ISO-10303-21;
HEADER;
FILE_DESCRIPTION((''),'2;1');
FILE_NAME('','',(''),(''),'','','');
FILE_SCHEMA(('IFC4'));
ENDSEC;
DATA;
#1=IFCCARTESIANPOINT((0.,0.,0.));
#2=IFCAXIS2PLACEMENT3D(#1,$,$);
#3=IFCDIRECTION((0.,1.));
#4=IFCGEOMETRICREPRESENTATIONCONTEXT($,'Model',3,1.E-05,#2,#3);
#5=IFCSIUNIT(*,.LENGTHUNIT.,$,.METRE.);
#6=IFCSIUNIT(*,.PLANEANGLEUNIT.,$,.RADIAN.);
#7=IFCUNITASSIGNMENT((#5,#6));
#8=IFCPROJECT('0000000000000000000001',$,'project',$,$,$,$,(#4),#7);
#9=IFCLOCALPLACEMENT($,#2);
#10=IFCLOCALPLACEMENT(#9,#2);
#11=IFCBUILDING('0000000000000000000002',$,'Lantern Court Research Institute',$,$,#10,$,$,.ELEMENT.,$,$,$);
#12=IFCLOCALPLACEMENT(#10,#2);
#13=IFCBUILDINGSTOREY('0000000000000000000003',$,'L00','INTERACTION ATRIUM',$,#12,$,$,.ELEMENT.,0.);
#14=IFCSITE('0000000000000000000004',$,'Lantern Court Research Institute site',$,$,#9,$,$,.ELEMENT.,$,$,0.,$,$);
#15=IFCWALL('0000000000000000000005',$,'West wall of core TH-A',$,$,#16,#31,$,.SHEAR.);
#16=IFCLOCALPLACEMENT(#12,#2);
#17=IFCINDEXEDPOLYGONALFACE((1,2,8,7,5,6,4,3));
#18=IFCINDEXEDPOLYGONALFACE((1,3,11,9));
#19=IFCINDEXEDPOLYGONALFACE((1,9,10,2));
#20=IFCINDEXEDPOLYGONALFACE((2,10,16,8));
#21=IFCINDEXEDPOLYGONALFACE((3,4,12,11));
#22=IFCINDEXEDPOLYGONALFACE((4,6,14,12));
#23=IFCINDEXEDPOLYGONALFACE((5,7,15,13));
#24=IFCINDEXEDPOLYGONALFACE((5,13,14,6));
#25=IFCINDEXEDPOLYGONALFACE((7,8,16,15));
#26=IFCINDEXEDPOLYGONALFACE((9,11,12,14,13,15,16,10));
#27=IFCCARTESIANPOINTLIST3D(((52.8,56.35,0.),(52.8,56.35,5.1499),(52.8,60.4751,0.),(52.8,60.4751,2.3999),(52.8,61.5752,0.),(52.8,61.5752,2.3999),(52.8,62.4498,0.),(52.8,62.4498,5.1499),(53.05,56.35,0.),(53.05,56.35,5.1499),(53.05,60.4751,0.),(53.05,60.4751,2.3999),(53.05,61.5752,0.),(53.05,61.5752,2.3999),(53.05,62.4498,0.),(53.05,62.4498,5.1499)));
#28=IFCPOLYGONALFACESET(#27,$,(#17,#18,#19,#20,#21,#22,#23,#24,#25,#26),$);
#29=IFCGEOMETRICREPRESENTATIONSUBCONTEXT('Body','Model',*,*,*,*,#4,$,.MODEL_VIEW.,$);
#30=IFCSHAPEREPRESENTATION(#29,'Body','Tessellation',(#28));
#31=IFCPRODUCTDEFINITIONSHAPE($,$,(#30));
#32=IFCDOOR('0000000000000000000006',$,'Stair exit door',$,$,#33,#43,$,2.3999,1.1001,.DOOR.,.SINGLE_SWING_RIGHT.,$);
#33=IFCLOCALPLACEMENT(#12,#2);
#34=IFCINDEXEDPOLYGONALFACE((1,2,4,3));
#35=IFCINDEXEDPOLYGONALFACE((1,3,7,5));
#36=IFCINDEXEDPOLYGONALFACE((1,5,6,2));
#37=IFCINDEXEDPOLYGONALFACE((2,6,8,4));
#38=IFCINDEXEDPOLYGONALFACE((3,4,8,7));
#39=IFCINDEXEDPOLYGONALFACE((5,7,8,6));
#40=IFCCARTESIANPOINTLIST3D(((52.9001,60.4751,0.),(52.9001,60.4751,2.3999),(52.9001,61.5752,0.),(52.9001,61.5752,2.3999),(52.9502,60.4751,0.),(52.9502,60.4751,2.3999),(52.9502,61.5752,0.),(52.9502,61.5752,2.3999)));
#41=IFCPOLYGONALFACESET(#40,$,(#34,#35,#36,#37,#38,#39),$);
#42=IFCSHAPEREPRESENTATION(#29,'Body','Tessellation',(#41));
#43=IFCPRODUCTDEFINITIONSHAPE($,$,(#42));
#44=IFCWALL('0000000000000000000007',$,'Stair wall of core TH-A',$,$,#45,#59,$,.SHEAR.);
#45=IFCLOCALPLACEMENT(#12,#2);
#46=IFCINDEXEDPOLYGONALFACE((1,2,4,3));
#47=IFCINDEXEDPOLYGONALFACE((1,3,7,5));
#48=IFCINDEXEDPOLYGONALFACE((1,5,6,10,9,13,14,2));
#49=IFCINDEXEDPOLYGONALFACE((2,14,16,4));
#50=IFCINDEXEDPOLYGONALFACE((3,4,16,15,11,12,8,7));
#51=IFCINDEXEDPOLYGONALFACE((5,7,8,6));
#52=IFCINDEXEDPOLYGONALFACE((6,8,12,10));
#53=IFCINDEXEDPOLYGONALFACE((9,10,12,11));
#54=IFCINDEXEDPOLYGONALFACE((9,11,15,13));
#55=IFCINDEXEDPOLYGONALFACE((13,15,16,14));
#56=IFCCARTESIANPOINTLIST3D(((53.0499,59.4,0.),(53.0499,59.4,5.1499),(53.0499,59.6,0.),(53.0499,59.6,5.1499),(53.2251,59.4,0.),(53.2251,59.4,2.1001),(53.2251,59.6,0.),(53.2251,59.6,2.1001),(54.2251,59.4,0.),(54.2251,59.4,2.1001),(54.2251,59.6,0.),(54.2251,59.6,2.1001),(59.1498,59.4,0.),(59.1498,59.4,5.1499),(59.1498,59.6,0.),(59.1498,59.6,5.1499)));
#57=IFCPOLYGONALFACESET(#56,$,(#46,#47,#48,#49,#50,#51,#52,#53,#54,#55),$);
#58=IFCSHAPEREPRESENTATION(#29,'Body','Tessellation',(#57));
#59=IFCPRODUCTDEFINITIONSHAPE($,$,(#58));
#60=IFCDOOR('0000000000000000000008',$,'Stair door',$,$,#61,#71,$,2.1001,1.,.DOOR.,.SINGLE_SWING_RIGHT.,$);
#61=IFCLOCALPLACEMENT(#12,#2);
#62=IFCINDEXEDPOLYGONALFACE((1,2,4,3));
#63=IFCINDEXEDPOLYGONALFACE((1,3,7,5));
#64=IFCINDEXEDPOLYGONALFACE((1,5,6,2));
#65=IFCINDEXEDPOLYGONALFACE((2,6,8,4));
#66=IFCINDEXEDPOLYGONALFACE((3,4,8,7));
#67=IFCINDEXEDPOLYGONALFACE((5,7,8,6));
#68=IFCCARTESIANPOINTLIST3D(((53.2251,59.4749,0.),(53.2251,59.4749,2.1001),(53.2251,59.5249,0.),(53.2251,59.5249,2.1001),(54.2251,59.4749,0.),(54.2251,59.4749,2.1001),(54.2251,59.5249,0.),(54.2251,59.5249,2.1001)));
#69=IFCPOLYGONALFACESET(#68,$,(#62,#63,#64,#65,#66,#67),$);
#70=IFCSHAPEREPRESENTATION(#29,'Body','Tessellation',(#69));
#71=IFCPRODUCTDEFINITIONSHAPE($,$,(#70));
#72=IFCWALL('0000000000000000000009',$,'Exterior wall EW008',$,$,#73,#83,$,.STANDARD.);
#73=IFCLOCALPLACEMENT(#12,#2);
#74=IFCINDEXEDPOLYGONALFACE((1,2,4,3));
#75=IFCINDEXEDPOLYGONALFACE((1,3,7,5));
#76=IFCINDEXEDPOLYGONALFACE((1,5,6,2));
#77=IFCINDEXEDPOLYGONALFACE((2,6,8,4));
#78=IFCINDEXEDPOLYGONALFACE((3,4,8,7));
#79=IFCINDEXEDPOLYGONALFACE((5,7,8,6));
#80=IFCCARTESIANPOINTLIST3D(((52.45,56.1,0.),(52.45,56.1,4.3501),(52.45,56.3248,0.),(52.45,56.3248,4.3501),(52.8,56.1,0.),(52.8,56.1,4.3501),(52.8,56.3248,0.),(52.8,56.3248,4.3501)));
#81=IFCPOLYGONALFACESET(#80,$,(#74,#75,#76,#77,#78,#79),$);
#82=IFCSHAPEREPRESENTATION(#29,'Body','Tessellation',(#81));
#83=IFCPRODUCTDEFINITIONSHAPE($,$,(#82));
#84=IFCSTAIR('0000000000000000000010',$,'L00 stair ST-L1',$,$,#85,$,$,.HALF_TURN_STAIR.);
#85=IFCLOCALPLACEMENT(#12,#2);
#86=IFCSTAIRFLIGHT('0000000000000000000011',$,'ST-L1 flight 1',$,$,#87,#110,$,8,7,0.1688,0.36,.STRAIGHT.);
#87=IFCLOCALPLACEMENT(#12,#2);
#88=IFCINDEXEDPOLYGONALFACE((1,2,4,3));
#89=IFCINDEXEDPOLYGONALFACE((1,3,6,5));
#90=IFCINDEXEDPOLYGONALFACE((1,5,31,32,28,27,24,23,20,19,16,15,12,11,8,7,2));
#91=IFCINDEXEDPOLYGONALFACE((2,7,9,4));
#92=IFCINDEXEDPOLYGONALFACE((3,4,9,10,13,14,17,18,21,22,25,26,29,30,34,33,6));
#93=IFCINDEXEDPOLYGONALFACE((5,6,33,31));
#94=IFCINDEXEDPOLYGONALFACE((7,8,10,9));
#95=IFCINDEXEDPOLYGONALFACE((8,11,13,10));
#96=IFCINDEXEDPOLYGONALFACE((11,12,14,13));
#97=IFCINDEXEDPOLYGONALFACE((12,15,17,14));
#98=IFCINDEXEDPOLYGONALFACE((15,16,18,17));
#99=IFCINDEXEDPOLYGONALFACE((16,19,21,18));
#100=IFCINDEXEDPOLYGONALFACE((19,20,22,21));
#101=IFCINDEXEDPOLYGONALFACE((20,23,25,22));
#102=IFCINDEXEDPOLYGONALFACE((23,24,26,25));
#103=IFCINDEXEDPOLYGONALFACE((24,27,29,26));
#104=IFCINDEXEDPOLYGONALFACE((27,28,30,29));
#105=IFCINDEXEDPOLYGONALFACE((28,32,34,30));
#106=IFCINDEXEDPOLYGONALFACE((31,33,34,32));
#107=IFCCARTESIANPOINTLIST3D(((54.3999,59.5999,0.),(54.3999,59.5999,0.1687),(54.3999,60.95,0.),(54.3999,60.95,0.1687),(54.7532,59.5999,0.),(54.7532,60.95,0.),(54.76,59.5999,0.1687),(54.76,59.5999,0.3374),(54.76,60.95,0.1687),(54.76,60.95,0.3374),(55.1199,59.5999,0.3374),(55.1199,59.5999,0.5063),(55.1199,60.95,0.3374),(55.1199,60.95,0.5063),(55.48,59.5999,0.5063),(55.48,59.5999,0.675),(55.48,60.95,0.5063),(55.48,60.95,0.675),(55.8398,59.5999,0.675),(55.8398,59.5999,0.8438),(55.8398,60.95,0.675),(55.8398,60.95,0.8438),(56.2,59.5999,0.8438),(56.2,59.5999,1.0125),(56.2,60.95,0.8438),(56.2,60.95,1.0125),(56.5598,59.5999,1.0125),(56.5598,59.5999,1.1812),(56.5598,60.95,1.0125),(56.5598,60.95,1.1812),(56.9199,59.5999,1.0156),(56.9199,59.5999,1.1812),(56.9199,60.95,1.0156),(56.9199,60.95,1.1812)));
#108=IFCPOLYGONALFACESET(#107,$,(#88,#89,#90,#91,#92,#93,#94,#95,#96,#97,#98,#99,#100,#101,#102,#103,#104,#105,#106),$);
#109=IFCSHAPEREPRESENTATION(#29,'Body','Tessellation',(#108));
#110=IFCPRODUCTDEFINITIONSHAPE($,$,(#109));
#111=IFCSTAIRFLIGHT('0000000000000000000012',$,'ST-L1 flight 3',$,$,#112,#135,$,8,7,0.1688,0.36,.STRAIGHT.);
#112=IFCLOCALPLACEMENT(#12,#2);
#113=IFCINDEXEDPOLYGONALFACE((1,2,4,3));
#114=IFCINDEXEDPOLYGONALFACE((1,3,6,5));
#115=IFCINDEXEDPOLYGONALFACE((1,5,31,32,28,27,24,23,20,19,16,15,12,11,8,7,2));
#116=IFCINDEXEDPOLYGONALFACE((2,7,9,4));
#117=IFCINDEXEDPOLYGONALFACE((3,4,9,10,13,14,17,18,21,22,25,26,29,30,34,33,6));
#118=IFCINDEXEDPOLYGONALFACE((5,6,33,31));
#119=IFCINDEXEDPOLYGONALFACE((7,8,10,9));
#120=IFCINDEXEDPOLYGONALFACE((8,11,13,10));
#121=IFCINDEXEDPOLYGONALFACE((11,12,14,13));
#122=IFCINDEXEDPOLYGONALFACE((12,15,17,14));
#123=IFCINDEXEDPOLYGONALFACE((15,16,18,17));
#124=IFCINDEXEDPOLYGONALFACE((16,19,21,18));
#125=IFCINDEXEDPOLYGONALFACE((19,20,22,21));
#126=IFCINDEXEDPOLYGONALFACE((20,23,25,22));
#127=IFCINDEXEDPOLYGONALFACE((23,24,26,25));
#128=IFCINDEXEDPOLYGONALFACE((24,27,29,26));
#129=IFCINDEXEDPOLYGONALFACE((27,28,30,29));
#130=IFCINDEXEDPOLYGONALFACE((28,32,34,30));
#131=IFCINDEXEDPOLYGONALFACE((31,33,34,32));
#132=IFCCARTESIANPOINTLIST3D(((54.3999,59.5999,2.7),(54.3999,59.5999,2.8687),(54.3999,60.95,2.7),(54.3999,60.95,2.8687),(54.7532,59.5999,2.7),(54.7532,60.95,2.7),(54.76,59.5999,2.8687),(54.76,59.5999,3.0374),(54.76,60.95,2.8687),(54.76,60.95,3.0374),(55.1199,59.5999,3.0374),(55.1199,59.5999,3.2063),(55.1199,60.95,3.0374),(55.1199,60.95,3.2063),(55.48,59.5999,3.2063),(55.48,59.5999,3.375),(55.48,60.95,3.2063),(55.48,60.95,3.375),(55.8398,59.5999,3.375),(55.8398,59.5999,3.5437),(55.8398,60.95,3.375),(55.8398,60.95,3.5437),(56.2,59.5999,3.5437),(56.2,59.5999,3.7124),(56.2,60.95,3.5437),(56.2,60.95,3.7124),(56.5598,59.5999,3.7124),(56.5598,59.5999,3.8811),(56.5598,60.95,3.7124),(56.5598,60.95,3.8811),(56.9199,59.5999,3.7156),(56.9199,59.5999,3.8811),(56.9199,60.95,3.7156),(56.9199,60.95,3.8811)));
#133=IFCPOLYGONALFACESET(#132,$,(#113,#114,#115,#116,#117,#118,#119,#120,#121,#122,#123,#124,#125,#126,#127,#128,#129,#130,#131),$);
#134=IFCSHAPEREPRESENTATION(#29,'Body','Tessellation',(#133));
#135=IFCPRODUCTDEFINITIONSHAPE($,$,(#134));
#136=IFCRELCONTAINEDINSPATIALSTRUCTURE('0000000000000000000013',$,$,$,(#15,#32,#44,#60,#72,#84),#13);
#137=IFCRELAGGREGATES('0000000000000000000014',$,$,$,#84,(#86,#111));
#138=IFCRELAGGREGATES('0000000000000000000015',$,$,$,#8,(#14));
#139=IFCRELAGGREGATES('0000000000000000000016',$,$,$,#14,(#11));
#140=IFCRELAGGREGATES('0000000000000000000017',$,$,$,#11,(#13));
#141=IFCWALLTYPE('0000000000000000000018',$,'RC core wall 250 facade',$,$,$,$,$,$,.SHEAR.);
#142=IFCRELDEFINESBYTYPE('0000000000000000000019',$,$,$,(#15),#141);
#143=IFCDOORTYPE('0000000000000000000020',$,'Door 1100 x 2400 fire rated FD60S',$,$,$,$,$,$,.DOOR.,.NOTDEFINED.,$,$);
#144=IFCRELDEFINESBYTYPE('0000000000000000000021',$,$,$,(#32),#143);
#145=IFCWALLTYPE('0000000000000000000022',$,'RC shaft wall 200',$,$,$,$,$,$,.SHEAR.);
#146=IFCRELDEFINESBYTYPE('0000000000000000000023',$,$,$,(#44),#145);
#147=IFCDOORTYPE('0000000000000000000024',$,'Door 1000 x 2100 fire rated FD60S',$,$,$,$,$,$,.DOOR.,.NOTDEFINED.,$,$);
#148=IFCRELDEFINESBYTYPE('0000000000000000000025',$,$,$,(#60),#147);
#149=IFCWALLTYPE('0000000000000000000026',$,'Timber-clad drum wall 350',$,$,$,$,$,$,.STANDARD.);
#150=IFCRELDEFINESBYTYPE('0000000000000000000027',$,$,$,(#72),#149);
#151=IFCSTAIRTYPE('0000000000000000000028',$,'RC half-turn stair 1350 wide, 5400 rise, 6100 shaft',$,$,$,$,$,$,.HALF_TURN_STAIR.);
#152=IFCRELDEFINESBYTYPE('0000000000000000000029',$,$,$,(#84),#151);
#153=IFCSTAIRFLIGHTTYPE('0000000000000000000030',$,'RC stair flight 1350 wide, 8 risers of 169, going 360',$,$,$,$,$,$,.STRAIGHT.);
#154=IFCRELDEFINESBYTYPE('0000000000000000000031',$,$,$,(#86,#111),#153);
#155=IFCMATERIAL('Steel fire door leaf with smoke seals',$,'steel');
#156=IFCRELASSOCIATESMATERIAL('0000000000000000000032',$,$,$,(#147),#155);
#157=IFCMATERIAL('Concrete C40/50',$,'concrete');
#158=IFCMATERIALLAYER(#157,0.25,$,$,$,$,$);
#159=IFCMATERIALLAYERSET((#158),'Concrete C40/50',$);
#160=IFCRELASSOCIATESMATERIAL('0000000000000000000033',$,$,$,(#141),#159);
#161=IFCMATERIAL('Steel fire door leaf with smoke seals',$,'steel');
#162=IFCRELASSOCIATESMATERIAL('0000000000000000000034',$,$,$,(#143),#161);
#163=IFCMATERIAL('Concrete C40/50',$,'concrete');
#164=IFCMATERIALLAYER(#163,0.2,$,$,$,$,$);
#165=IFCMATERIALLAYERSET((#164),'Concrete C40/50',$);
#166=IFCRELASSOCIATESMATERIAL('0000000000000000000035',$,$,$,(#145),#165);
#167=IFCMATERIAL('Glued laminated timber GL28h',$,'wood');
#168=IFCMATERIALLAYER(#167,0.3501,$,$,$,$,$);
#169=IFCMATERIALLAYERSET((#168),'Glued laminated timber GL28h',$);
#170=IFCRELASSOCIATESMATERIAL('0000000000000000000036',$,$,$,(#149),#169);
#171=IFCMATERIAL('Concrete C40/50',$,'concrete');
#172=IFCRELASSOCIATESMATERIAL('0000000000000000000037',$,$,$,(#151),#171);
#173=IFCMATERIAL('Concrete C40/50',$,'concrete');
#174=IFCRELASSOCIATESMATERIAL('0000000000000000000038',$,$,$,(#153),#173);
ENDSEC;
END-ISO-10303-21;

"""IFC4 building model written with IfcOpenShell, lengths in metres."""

from ifc_helpers import new_model, si_unit, direction, frame, frame_2d, origin, place, context, subcontext, project, spatial, polyline, rectangle, outline, extrude, material, layer, layer_set, type_object, element, fill, aggregate, save


model = new_model("IFC4")

# Units and contexts
model_context = context("Model", 3, precision=1e-05, world=origin(), true_north=direction((0.0, 1.0)))
body_context = subcontext(model_context, "Body", "Model", "MODEL_VIEW")
ifc_project = project(units=[si_unit("LENGTHUNIT", "METRE"), si_unit("PLANEANGLEUNIT", "RADIAN")], contexts=[model_context])

# Site, building, storey
site_placement = place(None, origin())
site = spatial("IfcSite", under=ifc_project, at=site_placement, Name="Lantern Court Research Institute site", CompositionType="ELEMENT", RefElevation=0.0)
building_placement = place(site_placement, origin())
building = spatial("IfcBuilding", under=site, at=building_placement, Name="Lantern Court Research Institute", CompositionType="ELEMENT")
storey_placement = place(building_placement, origin())
storey = spatial("IfcBuildingStorey", under=building, at=storey_placement, Name="L00", Description="INTERACTION ATRIUM", CompositionType="ELEMENT", Elevation=0.0)

# Walls, openings, doors
ifc_material_1 = material(Name="Steel fire door leaf with smoke seals", Category="steel")
door_type_1 = type_object("IfcDoorType", Name="Door 1000 x 2100 fire rated FD60S", OperationType="NOTDEFINED", PredefinedType="DOOR", material=ifc_material_1)
ifc_material_2 = material(Name="Concrete C40/50", Category="concrete")
ifc_layer_1 = layer(ifc_material_2, 0.25)
ifc_layer_set_1 = layer_set([ifc_layer_1], Name="Concrete C40/50")
wall_type_1 = type_object("IfcWallType", Name="RC core wall 250 facade", PredefinedType="SHEAR", material=ifc_layer_set_1)
wall_1_placement = place(storey_placement, frame((52.925, 56.3501, 0.0), z_axis=(0.0, 0.0, 1.0), x_axis=(0.0, 1.0, 0.0)))
wall_1 = element("IfcWall", 1, at=wall_1_placement, inside=storey, type_object=wall_type_1, Name="West wall of core TH-A", PredefinedType="SHEAR", context=body_context, shape_type="SweptSolid", body=[
    extrude(rectangle(XDim=6.0999, YDim=0.25, at=frame_2d((3.0498, 0.0))), origin(), (0.0, 0.0, 1.0), 5.1499),
])
opening_1_placement = place(wall_1_placement, frame((4.125, 0.0, 0.0)))
opening_1 = element("IfcOpeningElement", 2, at=opening_1_placement, cuts=wall_1, PredefinedType="OPENING", context=body_context, shape_type="SweptSolid", body=[
    extrude(rectangle(XDim=1.1001, YDim=2.3999, at=frame_2d((0.55, 1.2))), frame((0.0, 0.135, 0.0), z_axis=(0.0, -1.0, 0.0), x_axis=(1.0, 0.0, 0.0)), (0.0, 0.0, 1.0), 0.27),
])
ifc_material_3 = material(Name="Steel fire door leaf with smoke seals", Category="steel")
door_type_2 = type_object("IfcDoorType", Name="Door 1100 x 2400 fire rated FD60S", OperationType="NOTDEFINED", PredefinedType="DOOR", material=ifc_material_3)
door_1_placement = place(opening_1_placement, origin())
door_1 = element("IfcDoor", 3, at=door_1_placement, inside=storey, type_object=door_type_2, Name="Stair exit door", OperationType="SINGLE_SWING_RIGHT", OverallHeight=2.3999, OverallWidth=1.1001, PredefinedType="DOOR", context=body_context, shape_type="SweptSolid", body=[
    extrude(rectangle(XDim=1.1001, YDim=2.3999, at=frame_2d((0.55, 1.2))), frame((0.0, 0.0249, 0.0), z_axis=(0.0, -1.0, 0.0), x_axis=(1.0, 0.0, 0.0)), (0.0, 0.0, 1.0), 0.05),
])
fill(opening_1, door_1)
ifc_material_4 = material(Name="Concrete C40/50", Category="concrete")
ifc_layer_2 = layer(ifc_material_4, 0.2)
ifc_layer_set_2 = layer_set([ifc_layer_2], Name="Concrete C40/50")
wall_type_2 = type_object("IfcWallType", Name="RC shaft wall 200", PredefinedType="SHEAR", material=ifc_layer_set_2)
wall_2_placement = place(storey_placement, frame((53.05, 59.5, 0.0), z_axis=(0.0, 0.0, 1.0), x_axis=(1.0, 0.0, 0.0)))
wall_2 = element("IfcWall", 4, at=wall_2_placement, inside=storey, type_object=wall_type_2, Name="Stair wall of core TH-A", PredefinedType="SHEAR", context=body_context, shape_type="SweptSolid", body=[
    extrude(rectangle(XDim=6.0999, YDim=0.2, at=frame_2d((3.0498, 0.0))), origin(), (0.0, 0.0, 1.0), 5.1499),
])
opening_2_placement = place(wall_2_placement, frame((0.175, 0.0, 0.0)))
opening_2 = element("IfcOpeningElement", 5, at=opening_2_placement, cuts=wall_2, PredefinedType="OPENING", context=body_context, shape_type="SweptSolid", body=[
    extrude(rectangle(XDim=1.0, YDim=2.1001, at=frame_2d((0.5, 1.05))), frame((0.0, 0.1099, 0.0), z_axis=(0.0, -1.0, 0.0), x_axis=(1.0, 0.0, 0.0)), (0.0, 0.0, 1.0), 0.22),
])
door_2_placement = place(opening_2_placement, origin())
door_2 = element("IfcDoor", 6, at=door_2_placement, inside=storey, type_object=door_type_1, Name="Stair door", OperationType="SINGLE_SWING_RIGHT", OverallHeight=2.1001, OverallWidth=1.0, PredefinedType="DOOR", context=body_context, shape_type="SweptSolid", body=[
    extrude(rectangle(XDim=1.0, YDim=2.1001, at=frame_2d((0.5, 1.05))), frame((0.0, 0.0249, 0.0), z_axis=(0.0, -1.0, 0.0), x_axis=(1.0, 0.0, 0.0)), (0.0, 0.0, 1.0), 0.05),
])
fill(opening_2, door_2)

# Wall
ifc_material_5 = material(Name="Glued laminated timber GL28h", Category="wood")
ifc_layer_3 = layer(ifc_material_5, 0.3501)
ifc_layer_set_3 = layer_set([ifc_layer_3], Name="Glued laminated timber GL28h")
wall_type_3 = type_object("IfcWallType", Name="Timber-clad drum wall 350", PredefinedType="STANDARD", material=ifc_layer_set_3)
wall_3_placement = place(storey_placement, frame((52.625, 56.1001, 0.0), z_axis=(0.0, 0.0, 1.0), x_axis=(0.0, 1.0, 0.0)))
element("IfcWall", 7, at=wall_3_placement, inside=storey, type_object=wall_type_3, Name="Exterior wall EW008", PredefinedType="STANDARD", context=body_context, shape_type="SweptSolid", body=[
    extrude(rectangle(XDim=0.2249, YDim=0.3501, at=frame_2d((0.1123, 0.0))), origin(), (0.0, 0.0, 1.0), 4.3501),
])

# Stair, stair flights
ifc_material_6 = material(Name="Concrete C40/50", Category="concrete")
stair_type = type_object("IfcStairType", Name="RC half-turn stair 1350 wide, 5400 rise, 6100 shaft", PredefinedType="HALF_TURN_STAIR", material=ifc_material_6)
stair_placement = place(storey_placement, origin())
stair = element("IfcStair", 8, at=stair_placement, inside=storey, type_object=stair_type, Name="L00 stair ST-L1", PredefinedType="HALF_TURN_STAIR")
ifc_material_7 = material(Name="Concrete C40/50", Category="concrete")
stair_flight_type = type_object("IfcStairFlightType", Name="RC stair flight 1350 wide, 8 risers of 169, going 360", PredefinedType="STRAIGHT", material=ifc_material_7)
stair_flight_1_placement = place(storey_placement, frame((54.3999, 60.2749, 0.0), z_axis=(0.0, 0.0, 1.0), x_axis=(1.0, 0.0, 0.0)))
stair_flight_1 = element("IfcStairFlight", 9, at=stair_flight_1_placement, type_object=stair_flight_type, Name="ST-L1 flight 1", NumberOfRisers=8, NumberOfTreads=7, PredefinedType="STRAIGHT", RiserHeight=0.1688, TreadLength=0.36, context=body_context, shape_type="SweptSolid", body=[
    extrude(outline(polyline([(0.0, 0.0), (0.0, 0.1687), (0.3601, 0.1687), (0.3601, 0.3374), (0.72, 0.3374), (0.72, 0.5063), (1.0801, 0.5063), (1.0801, 0.675), (1.4399, 0.675), (1.4399, 0.8438), (1.8, 0.8438), (1.8, 1.0125), (2.1599, 1.0125), (2.1599, 1.1812), (2.52, 1.1812), (2.52, 1.3501), (2.52, 1.0156), (0.3533, 0.0), (0.0, 0.0)])), frame((0.0, 0.675, 0.0), z_axis=(0.0, -1.0, 0.0), x_axis=(1.0, 0.0, 0.0)), (0.0, 0.0, 1.0), 1.3501),
])
stair_flight_2_placement = place(storey_placement, frame((54.3999, 60.2749, 2.7), z_axis=(0.0, 0.0, 1.0), x_axis=(1.0, 0.0, 0.0)))
stair_flight_2 = element("IfcStairFlight", 10, at=stair_flight_2_placement, type_object=stair_flight_type, Name="ST-L1 flight 3", NumberOfRisers=8, NumberOfTreads=7, PredefinedType="STRAIGHT", RiserHeight=0.1688, TreadLength=0.36, context=body_context, shape_type="SweptSolid", body=[
    extrude(outline(polyline([(0.0, 0.0), (0.0, 0.1687), (0.3601, 0.1687), (0.3601, 0.3374), (0.72, 0.3374), (0.72, 0.5063), (1.0801, 0.5063), (1.0801, 0.675), (1.4399, 0.675), (1.4399, 0.8438), (1.8, 0.8438), (1.8, 1.0125), (2.1599, 1.0125), (2.1599, 1.1812), (2.52, 1.1812), (2.52, 1.3501), (2.52, 1.0156), (0.3533, 0.0), (0.0, 0.0)])), frame((0.0, 0.675, 0.0), z_axis=(0.0, -1.0, 0.0), x_axis=(1.0, 0.0, 0.0)), (0.0, 0.0, 1.0), 1.3501),
])
aggregate(stair, [stair_flight_1, stair_flight_2])

save(model, "model.ifc")
